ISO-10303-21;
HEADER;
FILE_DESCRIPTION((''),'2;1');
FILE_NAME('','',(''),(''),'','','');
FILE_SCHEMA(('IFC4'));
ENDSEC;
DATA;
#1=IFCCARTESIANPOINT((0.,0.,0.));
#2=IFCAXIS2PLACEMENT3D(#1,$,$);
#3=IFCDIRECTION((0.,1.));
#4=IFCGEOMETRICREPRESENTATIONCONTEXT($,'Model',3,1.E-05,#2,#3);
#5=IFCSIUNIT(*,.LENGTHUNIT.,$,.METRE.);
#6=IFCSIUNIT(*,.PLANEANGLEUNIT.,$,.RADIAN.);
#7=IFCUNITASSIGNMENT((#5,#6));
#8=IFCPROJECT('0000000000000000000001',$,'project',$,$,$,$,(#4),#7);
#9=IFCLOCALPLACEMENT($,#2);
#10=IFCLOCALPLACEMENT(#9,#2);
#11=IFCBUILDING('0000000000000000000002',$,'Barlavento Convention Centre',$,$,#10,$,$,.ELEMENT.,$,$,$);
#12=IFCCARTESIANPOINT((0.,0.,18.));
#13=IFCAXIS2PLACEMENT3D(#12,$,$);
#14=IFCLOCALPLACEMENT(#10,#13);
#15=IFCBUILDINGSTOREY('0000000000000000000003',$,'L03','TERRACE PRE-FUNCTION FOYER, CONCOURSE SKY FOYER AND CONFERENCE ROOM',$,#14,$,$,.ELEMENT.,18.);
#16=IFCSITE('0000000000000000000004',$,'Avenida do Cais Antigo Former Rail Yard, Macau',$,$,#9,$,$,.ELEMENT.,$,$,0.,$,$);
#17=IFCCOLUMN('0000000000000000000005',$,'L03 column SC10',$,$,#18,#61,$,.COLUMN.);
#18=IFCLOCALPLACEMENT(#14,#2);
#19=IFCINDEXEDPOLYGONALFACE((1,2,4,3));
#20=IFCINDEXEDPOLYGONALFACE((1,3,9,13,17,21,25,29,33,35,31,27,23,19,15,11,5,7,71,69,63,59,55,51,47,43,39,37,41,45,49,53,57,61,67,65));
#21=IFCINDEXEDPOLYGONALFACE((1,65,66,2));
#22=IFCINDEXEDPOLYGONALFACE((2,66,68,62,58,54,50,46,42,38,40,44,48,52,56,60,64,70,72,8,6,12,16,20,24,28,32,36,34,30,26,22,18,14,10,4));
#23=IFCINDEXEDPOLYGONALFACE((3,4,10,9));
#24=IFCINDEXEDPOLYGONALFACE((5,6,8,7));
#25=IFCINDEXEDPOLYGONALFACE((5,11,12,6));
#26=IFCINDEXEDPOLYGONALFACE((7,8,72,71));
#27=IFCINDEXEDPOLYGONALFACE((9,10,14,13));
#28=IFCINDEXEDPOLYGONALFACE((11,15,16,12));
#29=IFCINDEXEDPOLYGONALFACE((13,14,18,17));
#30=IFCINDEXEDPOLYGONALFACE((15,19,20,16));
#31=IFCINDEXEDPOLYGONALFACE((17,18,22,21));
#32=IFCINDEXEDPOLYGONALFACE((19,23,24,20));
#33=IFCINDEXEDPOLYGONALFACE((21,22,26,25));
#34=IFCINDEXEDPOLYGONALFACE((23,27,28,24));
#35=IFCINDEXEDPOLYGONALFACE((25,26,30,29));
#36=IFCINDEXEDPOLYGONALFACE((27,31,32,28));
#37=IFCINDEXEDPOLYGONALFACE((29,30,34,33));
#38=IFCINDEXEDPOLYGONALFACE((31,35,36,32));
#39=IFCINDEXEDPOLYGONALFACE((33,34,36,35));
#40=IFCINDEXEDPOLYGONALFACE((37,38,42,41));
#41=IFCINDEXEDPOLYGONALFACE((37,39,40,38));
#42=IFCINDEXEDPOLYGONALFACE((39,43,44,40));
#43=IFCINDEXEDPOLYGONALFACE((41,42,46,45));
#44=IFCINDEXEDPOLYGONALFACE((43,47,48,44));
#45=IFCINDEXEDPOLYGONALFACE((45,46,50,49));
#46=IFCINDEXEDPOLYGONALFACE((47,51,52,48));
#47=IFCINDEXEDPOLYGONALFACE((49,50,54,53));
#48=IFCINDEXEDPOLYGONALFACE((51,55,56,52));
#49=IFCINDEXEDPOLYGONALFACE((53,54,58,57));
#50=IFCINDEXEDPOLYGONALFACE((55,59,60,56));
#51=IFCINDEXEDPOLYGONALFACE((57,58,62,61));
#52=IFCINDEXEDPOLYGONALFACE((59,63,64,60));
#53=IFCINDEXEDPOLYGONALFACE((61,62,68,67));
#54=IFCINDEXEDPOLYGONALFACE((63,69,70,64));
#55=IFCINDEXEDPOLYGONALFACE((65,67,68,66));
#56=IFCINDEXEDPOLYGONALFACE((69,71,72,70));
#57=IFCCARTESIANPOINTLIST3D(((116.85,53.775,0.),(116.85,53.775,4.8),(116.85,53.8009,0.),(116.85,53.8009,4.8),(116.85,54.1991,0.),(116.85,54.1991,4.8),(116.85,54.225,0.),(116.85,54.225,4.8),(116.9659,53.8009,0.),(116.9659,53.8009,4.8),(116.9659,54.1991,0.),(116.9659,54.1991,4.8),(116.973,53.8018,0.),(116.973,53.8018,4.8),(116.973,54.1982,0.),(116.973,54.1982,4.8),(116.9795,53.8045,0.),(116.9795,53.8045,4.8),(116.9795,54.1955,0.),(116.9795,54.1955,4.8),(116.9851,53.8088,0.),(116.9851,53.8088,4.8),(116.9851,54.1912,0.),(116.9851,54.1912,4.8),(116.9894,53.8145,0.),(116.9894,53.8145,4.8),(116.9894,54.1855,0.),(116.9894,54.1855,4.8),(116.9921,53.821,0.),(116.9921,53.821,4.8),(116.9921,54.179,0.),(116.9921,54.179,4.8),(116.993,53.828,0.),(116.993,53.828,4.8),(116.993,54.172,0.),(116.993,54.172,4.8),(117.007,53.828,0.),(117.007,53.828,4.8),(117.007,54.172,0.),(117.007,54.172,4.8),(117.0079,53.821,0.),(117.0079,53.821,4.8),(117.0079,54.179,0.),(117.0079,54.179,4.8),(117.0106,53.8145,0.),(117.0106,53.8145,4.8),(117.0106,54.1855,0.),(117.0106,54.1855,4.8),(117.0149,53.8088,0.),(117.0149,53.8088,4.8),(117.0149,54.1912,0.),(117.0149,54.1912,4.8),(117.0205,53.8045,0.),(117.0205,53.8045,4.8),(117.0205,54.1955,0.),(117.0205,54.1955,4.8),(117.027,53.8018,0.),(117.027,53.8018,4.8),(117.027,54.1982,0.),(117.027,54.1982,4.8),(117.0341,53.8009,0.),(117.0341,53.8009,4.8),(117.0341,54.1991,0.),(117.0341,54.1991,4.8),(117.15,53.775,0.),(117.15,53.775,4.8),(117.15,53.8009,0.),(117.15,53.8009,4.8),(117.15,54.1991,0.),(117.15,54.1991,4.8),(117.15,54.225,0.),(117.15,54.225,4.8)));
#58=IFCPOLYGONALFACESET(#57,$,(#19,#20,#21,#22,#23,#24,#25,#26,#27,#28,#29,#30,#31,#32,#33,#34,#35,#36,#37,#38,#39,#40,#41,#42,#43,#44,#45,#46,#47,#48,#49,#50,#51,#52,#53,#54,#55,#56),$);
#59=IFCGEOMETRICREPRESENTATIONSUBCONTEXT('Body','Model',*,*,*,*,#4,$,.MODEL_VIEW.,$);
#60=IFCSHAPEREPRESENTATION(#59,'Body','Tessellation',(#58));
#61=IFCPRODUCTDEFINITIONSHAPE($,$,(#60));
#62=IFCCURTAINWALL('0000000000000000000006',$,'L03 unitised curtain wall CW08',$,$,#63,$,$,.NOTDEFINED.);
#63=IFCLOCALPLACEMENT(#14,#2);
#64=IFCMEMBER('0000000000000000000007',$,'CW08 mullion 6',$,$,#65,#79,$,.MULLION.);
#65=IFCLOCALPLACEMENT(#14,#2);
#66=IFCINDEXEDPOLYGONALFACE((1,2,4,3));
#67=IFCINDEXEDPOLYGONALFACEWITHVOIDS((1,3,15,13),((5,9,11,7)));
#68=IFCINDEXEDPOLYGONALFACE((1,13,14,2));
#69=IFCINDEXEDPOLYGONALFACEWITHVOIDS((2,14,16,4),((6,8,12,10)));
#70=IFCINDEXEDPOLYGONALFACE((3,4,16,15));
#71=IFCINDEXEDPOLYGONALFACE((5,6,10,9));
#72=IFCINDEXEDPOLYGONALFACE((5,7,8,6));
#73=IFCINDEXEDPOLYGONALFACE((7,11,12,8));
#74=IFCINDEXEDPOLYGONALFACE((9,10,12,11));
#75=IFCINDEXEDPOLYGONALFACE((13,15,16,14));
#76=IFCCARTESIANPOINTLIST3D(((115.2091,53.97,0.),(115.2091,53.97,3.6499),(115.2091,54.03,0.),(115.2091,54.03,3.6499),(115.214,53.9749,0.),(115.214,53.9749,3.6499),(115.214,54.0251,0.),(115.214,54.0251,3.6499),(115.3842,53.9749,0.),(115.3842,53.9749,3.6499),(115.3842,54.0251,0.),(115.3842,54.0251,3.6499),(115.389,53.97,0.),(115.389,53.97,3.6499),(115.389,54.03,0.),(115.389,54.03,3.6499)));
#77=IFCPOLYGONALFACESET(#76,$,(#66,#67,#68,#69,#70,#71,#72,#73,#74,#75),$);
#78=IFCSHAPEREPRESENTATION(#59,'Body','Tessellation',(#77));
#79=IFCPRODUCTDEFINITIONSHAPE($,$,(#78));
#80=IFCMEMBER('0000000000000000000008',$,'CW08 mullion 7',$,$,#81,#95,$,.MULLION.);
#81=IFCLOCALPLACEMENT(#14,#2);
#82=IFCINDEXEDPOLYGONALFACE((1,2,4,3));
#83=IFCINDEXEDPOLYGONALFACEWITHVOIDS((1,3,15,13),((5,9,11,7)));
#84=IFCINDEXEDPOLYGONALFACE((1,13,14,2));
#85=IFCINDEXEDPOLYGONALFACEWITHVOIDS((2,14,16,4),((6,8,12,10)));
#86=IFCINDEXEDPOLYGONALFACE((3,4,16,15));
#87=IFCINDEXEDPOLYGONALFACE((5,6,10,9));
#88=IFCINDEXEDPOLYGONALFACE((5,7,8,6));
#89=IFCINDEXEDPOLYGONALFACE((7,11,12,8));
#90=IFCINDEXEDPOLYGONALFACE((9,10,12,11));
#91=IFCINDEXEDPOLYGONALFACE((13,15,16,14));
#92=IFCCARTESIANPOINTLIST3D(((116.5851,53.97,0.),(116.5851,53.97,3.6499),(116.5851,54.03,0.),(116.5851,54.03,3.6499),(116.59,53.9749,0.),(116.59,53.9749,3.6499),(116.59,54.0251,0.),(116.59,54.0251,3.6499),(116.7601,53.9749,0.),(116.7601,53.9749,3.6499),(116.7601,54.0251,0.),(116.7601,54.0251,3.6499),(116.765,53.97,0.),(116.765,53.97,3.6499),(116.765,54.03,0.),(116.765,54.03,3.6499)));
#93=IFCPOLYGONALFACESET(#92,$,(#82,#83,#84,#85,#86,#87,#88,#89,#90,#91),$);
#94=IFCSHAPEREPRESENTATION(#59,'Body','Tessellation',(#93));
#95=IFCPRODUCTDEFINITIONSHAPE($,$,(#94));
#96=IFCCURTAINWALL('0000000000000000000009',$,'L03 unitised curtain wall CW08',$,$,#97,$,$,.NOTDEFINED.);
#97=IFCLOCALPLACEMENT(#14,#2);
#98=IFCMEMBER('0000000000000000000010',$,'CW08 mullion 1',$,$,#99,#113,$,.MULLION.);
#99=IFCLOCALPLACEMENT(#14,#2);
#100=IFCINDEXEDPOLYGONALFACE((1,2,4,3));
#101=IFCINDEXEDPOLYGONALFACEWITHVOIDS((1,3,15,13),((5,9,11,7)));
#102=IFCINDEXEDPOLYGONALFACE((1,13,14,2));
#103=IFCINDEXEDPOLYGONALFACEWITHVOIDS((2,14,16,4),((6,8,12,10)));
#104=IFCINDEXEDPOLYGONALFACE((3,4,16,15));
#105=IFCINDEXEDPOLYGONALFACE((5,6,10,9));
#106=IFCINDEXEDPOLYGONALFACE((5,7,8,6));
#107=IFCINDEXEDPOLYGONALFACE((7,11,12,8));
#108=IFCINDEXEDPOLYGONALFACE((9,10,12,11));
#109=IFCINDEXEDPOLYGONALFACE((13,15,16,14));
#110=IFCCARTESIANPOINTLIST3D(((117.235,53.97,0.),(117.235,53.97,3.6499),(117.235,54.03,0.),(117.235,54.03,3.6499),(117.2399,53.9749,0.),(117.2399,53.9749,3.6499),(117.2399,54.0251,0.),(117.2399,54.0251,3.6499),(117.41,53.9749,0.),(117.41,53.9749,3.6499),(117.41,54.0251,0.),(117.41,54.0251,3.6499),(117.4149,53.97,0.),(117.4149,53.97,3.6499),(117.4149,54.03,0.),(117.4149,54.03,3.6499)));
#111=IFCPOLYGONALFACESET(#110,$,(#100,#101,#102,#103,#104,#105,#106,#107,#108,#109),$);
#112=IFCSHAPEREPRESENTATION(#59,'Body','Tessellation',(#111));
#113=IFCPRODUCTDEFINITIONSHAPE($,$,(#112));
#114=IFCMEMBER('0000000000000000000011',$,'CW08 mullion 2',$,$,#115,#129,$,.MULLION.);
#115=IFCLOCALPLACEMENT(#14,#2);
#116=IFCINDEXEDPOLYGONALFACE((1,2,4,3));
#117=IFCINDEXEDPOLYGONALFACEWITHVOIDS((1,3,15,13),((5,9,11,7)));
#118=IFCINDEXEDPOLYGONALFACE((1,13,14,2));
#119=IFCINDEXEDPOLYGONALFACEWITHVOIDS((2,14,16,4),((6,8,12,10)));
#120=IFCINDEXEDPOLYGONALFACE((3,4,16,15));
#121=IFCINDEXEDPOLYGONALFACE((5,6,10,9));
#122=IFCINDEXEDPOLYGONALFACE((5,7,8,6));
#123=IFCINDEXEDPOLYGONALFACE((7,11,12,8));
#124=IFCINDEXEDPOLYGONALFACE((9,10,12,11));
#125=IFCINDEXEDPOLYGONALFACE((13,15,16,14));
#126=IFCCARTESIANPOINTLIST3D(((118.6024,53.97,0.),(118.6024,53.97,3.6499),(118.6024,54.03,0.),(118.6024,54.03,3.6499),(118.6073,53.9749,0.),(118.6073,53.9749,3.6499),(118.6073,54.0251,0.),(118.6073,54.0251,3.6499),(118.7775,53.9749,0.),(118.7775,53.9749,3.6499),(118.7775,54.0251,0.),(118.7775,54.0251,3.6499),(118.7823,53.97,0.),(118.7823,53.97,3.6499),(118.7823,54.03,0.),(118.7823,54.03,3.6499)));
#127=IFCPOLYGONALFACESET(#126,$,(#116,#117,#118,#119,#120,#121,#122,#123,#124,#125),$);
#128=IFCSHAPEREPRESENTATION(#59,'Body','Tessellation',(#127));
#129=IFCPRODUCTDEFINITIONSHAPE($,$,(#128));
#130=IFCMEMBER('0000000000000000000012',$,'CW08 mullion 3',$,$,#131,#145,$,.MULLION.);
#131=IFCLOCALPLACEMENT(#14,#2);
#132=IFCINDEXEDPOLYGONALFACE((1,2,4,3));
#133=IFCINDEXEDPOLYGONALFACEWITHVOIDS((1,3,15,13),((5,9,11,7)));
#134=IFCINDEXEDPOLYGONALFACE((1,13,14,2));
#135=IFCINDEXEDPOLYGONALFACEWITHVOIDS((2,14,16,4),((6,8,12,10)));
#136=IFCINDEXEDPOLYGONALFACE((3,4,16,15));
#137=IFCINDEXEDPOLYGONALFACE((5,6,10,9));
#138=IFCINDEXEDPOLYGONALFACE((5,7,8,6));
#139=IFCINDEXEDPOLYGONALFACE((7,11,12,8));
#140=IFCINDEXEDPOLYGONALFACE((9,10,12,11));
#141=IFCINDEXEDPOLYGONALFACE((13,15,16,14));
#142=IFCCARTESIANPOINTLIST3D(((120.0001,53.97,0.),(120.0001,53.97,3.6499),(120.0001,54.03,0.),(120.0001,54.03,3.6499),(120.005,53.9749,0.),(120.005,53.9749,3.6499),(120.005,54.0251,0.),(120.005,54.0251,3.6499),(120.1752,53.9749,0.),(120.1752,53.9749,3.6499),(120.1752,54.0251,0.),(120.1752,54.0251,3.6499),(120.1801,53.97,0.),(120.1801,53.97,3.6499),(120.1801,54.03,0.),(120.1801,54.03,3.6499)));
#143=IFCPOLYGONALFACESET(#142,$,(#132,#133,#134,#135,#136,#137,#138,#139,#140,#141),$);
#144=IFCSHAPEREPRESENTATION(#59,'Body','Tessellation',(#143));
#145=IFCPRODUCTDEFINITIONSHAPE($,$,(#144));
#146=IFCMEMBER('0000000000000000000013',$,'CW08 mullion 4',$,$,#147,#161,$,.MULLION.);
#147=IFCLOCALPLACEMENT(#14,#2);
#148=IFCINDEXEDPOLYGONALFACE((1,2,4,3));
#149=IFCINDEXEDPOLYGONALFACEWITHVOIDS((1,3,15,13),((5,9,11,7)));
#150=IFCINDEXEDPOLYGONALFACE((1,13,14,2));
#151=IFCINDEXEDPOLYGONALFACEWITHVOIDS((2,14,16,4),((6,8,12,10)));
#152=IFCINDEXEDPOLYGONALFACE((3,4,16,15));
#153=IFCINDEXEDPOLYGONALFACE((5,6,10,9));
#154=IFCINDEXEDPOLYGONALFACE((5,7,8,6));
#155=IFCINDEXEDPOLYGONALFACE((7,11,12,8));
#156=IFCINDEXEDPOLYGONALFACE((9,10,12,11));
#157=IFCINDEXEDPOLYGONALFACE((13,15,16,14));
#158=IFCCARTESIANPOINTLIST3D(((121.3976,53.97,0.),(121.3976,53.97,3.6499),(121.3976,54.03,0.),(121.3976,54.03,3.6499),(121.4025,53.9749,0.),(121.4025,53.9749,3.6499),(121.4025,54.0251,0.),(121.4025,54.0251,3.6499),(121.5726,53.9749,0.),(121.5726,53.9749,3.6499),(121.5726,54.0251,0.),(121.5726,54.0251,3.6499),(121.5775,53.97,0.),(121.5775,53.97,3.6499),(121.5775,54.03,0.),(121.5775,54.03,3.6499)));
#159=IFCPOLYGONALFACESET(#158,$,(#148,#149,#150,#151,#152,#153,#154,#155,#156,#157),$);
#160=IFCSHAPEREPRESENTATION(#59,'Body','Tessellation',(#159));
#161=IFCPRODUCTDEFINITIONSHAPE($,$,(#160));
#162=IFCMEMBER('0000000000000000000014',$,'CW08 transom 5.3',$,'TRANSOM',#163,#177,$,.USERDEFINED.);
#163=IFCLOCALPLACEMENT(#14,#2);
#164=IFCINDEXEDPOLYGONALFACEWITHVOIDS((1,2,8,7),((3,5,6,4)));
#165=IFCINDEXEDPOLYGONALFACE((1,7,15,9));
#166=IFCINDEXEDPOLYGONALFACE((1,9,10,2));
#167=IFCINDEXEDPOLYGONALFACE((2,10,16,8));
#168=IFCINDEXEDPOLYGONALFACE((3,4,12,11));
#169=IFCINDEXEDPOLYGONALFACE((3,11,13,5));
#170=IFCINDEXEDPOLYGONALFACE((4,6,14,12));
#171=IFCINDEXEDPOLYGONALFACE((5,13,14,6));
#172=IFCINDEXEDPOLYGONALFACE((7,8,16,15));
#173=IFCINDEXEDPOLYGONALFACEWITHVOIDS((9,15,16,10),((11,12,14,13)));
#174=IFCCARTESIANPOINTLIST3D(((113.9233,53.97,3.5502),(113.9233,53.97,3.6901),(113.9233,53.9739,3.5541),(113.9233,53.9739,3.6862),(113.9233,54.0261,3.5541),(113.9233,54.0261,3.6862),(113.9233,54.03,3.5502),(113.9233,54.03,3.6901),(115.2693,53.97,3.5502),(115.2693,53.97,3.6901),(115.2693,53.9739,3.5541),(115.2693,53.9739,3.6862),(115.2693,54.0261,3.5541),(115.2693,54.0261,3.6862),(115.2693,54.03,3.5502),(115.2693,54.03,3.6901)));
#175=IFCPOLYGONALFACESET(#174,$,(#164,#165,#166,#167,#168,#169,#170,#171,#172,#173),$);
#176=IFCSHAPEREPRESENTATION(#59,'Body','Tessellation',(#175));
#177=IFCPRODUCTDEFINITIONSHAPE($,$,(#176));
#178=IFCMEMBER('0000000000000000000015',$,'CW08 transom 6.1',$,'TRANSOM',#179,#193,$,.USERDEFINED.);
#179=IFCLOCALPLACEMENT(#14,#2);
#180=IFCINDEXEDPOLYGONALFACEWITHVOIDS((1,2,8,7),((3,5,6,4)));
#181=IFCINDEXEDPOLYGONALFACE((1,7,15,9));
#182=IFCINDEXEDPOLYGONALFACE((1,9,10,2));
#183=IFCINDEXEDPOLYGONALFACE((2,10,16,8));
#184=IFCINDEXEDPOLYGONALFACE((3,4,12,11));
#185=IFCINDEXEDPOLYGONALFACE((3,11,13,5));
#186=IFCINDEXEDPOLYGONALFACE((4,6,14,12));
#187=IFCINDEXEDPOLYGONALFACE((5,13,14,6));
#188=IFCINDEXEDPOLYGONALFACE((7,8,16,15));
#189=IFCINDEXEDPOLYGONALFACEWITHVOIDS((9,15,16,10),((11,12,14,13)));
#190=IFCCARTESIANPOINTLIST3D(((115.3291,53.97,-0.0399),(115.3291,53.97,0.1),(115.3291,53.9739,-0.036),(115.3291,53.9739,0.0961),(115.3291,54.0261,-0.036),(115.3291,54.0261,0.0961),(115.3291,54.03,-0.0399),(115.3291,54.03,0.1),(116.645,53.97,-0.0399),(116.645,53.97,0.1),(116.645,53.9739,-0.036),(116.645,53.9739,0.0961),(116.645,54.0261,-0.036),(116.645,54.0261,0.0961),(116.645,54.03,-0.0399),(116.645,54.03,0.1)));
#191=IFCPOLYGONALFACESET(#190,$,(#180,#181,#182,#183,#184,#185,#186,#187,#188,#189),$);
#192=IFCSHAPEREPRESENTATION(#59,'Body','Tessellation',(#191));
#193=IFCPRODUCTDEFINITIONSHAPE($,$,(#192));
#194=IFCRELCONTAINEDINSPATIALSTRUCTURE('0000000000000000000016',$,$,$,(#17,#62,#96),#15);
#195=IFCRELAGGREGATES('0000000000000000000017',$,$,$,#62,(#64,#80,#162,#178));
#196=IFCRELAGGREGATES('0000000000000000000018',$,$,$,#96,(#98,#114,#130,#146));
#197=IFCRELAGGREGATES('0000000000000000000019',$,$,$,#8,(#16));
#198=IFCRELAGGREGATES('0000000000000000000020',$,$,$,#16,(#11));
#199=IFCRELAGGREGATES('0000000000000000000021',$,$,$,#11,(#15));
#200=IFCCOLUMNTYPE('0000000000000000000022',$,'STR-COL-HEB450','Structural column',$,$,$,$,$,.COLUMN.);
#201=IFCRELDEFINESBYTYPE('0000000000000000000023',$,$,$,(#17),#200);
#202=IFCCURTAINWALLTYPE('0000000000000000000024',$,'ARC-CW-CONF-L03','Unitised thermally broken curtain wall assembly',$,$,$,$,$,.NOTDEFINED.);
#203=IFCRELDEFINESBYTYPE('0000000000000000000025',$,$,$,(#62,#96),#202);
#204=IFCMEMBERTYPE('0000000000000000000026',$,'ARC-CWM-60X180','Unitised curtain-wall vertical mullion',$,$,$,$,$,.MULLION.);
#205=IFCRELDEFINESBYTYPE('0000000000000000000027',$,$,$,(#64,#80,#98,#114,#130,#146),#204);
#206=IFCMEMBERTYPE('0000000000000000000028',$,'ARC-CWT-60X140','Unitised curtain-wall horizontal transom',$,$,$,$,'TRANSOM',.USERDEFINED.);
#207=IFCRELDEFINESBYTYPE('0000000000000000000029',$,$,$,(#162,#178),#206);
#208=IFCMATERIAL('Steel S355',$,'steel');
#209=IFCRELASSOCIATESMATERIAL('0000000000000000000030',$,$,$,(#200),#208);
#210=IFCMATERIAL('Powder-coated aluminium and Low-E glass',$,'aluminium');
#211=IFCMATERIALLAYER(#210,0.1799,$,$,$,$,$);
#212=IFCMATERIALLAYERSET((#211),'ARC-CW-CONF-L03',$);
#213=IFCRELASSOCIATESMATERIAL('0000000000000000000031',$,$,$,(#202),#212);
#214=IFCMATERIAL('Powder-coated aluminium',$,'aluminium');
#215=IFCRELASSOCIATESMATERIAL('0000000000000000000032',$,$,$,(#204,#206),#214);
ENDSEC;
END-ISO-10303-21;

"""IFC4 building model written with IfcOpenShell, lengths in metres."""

from ifc_helpers import new_model, si_unit, direction, frame, origin, origin_2d, place, context, subcontext, project, spatial, hollow_rectangle, i_section, extrude, material, layer, layer_set, material_profile, profile_set, type_object, element, aggregate, save


model = new_model("IFC4")

# Units and contexts
model_context = context("Model", 3, precision=1e-05, world=origin(), true_north=direction((0.0, 1.0)))
body_context = subcontext(model_context, "Body", "Model", "MODEL_VIEW")
ifc_project = project(units=[si_unit("LENGTHUNIT", "METRE"), si_unit("PLANEANGLEUNIT", "RADIAN")], contexts=[model_context])

# Site, building, storey
site_placement = place(None, origin())
site = spatial("IfcSite", under=ifc_project, at=site_placement, Name="Avenida do Cais Antigo Former Rail Yard, Macau", CompositionType="ELEMENT", RefElevation=0.0)
building_placement = place(site_placement, origin())
building = spatial("IfcBuilding", under=site, at=building_placement, Name="Barlavento Convention Centre", CompositionType="ELEMENT")
storey_placement = place(building_placement, frame((0.0, 0.0, 18.0)))
storey = spatial("IfcBuildingStorey", under=building, at=storey_placement, Name="L03", Description="TERRACE PRE-FUNCTION FOYER, CONCOURSE SKY FOYER AND CONFERENCE ROOM", CompositionType="ELEMENT", Elevation=18.0)

# Column
ifc_material_1 = material(Name="Steel S355", Category="steel")
ifc_material_profile_1 = material_profile(ifc_material_1, i_section(OverallWidth=0.3, OverallDepth=0.45, WebThickness=0.0139, FlangeThickness=0.0259, FilletRadius=0.0271, at=origin_2d()), Name="HEB 450")
ifc_profile_set_1 = profile_set([ifc_material_profile_1], Name="Steel S355")
column_type = type_object("IfcColumnType", Name="STR-COL-HEB450", Description="Structural column", PredefinedType="COLUMN", material=ifc_profile_set_1)
column_placement = place(storey_placement, frame((117.0, 54.0, 0.0), z_axis=(0.0, 0.0, 1.0), x_axis=(1.0, 0.0, 0.0)))
element("IfcColumn", 1, at=column_placement, inside=storey, type_object=column_type, Name="L03 column SC10", PredefinedType="COLUMN", context=body_context, shape_type="SweptSolid", body=[
    extrude(i_section(OverallWidth=0.3, OverallDepth=0.45, WebThickness=0.0139, FlangeThickness=0.0259, FilletRadius=0.0271, at=origin_2d()), origin(), (0.0, 0.0, 1.0), 4.8),
])

# Curtain walls, members
ifc_material_2 = material(Name="Powder-coated aluminium and Low-E glass", Category="aluminium")
ifc_layer_1 = layer(ifc_material_2, 0.1799)
ifc_layer_set_1 = layer_set([ifc_layer_1], Name="ARC-CW-CONF-L03")
curtain_wall_type = type_object("IfcCurtainWallType", Name="ARC-CW-CONF-L03", Description="Unitised thermally broken curtain wall assembly", PredefinedType="NOTDEFINED", material=ifc_layer_set_1)
curtain_wall_1_placement = place(storey_placement, origin())
curtain_wall_1 = element("IfcCurtainWall", 2, at=curtain_wall_1_placement, inside=storey, type_object=curtain_wall_type, Name="L03 unitised curtain wall CW08", PredefinedType="NOTDEFINED")
ifc_material_3 = material(Name="Powder-coated aluminium", Category="aluminium")
ifc_material_profile_2 = material_profile(ifc_material_3, hollow_rectangle(XDim=0.0601, YDim=0.1799, WallThickness=0.0049, at=origin_2d()), Name="AL-MULL 60x180x5")
ifc_profile_set_2 = profile_set([ifc_material_profile_2], Name="Powder-coated aluminium")
member_type_1 = type_object("IfcMemberType", Name="ARC-CWM-60X180", Description="Unitised curtain-wall vertical mullion", PredefinedType="MULLION", material=ifc_profile_set_2)
member_1_placement = place(storey_placement, frame((115.2991, 54.0, 0.0), z_axis=(0.0, 0.0, 1.0), x_axis=(0.0, 1.0, 0.0)))
member_1 = element("IfcMember", 3, at=member_1_placement, type_object=member_type_1, Name="CW08 mullion 6", PredefinedType="MULLION", context=body_context, shape_type="SweptSolid", body=[
    extrude(hollow_rectangle(XDim=0.0601, YDim=0.1799, WallThickness=0.0049, at=origin_2d()), origin(), (0.0, 0.0, 1.0), 3.6499),
])
member_2_placement = place(storey_placement, frame((116.675, 54.0, 0.0), z_axis=(0.0, 0.0, 1.0), x_axis=(0.0, 1.0, 0.0)))
member_2 = element("IfcMember", 4, at=member_2_placement, type_object=member_type_1, Name="CW08 mullion 7", PredefinedType="MULLION", context=body_context, shape_type="SweptSolid", body=[
    extrude(hollow_rectangle(XDim=0.0601, YDim=0.1799, WallThickness=0.0049, at=origin_2d()), origin(), (0.0, 0.0, 1.0), 3.6499),
])
curtain_wall_2_placement = place(storey_placement, origin())
curtain_wall_2 = element("IfcCurtainWall", 5, at=curtain_wall_2_placement, inside=storey, type_object=curtain_wall_type, Name="L03 unitised curtain wall CW08", PredefinedType="NOTDEFINED")
member_3_placement = place(storey_placement, frame((117.325, 54.0, 0.0), z_axis=(0.0, 0.0, 1.0), x_axis=(0.0, 1.0, 0.0)))
member_3 = element("IfcMember", 6, at=member_3_placement, type_object=member_type_1, Name="CW08 mullion 1", PredefinedType="MULLION", context=body_context, shape_type="SweptSolid", body=[
    extrude(hollow_rectangle(XDim=0.0601, YDim=0.1799, WallThickness=0.0049, at=origin_2d()), origin(), (0.0, 0.0, 1.0), 3.6499),
])
member_4_placement = place(storey_placement, frame((118.6924, 54.0, 0.0), z_axis=(0.0, 0.0, 1.0), x_axis=(0.0, 1.0, 0.0)))
member_4 = element("IfcMember", 7, at=member_4_placement, type_object=member_type_1, Name="CW08 mullion 2", PredefinedType="MULLION", context=body_context, shape_type="SweptSolid", body=[
    extrude(hollow_rectangle(XDim=0.0601, YDim=0.1799, WallThickness=0.0049, at=origin_2d()), origin(), (0.0, 0.0, 1.0), 3.6499),
])
member_5_placement = place(storey_placement, frame((120.0901, 54.0, 0.0), z_axis=(0.0, 0.0, 1.0), x_axis=(0.0, 1.0, 0.0)))
member_5 = element("IfcMember", 8, at=member_5_placement, type_object=member_type_1, Name="CW08 mullion 3", PredefinedType="MULLION", context=body_context, shape_type="SweptSolid", body=[
    extrude(hollow_rectangle(XDim=0.0601, YDim=0.1799, WallThickness=0.0049, at=origin_2d()), origin(), (0.0, 0.0, 1.0), 3.6499),
])
member_6_placement = place(storey_placement, frame((121.4875, 54.0, 0.0), z_axis=(0.0, 0.0, 1.0), x_axis=(0.0, 1.0, 0.0)))
member_6 = element("IfcMember", 9, at=member_6_placement, type_object=member_type_1, Name="CW08 mullion 4", PredefinedType="MULLION", context=body_context, shape_type="SweptSolid", body=[
    extrude(hollow_rectangle(XDim=0.0601, YDim=0.1799, WallThickness=0.0049, at=origin_2d()), origin(), (0.0, 0.0, 1.0), 3.6499),
])

# Members
ifc_material_profile_3 = material_profile(ifc_material_3, hollow_rectangle(XDim=0.0601, YDim=0.1399, WallThickness=0.0039, at=origin_2d()), Name="AL-TRAN 60x140x4")
ifc_profile_set_3 = profile_set([ifc_material_profile_3], Name="Powder-coated aluminium")
member_type_2 = type_object("IfcMemberType", Name="ARC-CWT-60X140", Description="Unitised curtain-wall horizontal transom", ElementType="TRANSOM", PredefinedType="USERDEFINED", material=ifc_profile_set_3)
member_7_placement = place(storey_placement, frame((113.9233, 54.0, 3.6201), z_axis=(1.0, 0.0, 0.0), x_axis=(0.0, 1.0, 0.0)))
member_7 = element("IfcMember", 10, at=member_7_placement, type_object=member_type_2, Name="CW08 transom 5.3", ObjectType="TRANSOM", PredefinedType="USERDEFINED", context=body_context, shape_type="SweptSolid", body=[
    extrude(hollow_rectangle(XDim=0.0601, YDim=0.1399, WallThickness=0.0039, at=origin_2d()), origin(), (0.0, 0.0, 1.0), 1.3459),
])
member_8_placement = place(storey_placement, frame((115.3291, 54.0, 0.03), z_axis=(1.0, 0.0, 0.0), x_axis=(0.0, 1.0, 0.0)))
member_8 = element("IfcMember", 11, at=member_8_placement, type_object=member_type_2, Name="CW08 transom 6.1", ObjectType="TRANSOM", PredefinedType="USERDEFINED", context=body_context, shape_type="SweptSolid", body=[
    extrude(hollow_rectangle(XDim=0.0601, YDim=0.1399, WallThickness=0.0039, at=origin_2d()), origin(), (0.0, 0.0, 1.0), 1.3159),
])

aggregate(curtain_wall_1, [member_1, member_2, member_7, member_8])
aggregate(curtain_wall_2, [member_3, member_4, member_5, member_6])

save(model, "model.ifc")
